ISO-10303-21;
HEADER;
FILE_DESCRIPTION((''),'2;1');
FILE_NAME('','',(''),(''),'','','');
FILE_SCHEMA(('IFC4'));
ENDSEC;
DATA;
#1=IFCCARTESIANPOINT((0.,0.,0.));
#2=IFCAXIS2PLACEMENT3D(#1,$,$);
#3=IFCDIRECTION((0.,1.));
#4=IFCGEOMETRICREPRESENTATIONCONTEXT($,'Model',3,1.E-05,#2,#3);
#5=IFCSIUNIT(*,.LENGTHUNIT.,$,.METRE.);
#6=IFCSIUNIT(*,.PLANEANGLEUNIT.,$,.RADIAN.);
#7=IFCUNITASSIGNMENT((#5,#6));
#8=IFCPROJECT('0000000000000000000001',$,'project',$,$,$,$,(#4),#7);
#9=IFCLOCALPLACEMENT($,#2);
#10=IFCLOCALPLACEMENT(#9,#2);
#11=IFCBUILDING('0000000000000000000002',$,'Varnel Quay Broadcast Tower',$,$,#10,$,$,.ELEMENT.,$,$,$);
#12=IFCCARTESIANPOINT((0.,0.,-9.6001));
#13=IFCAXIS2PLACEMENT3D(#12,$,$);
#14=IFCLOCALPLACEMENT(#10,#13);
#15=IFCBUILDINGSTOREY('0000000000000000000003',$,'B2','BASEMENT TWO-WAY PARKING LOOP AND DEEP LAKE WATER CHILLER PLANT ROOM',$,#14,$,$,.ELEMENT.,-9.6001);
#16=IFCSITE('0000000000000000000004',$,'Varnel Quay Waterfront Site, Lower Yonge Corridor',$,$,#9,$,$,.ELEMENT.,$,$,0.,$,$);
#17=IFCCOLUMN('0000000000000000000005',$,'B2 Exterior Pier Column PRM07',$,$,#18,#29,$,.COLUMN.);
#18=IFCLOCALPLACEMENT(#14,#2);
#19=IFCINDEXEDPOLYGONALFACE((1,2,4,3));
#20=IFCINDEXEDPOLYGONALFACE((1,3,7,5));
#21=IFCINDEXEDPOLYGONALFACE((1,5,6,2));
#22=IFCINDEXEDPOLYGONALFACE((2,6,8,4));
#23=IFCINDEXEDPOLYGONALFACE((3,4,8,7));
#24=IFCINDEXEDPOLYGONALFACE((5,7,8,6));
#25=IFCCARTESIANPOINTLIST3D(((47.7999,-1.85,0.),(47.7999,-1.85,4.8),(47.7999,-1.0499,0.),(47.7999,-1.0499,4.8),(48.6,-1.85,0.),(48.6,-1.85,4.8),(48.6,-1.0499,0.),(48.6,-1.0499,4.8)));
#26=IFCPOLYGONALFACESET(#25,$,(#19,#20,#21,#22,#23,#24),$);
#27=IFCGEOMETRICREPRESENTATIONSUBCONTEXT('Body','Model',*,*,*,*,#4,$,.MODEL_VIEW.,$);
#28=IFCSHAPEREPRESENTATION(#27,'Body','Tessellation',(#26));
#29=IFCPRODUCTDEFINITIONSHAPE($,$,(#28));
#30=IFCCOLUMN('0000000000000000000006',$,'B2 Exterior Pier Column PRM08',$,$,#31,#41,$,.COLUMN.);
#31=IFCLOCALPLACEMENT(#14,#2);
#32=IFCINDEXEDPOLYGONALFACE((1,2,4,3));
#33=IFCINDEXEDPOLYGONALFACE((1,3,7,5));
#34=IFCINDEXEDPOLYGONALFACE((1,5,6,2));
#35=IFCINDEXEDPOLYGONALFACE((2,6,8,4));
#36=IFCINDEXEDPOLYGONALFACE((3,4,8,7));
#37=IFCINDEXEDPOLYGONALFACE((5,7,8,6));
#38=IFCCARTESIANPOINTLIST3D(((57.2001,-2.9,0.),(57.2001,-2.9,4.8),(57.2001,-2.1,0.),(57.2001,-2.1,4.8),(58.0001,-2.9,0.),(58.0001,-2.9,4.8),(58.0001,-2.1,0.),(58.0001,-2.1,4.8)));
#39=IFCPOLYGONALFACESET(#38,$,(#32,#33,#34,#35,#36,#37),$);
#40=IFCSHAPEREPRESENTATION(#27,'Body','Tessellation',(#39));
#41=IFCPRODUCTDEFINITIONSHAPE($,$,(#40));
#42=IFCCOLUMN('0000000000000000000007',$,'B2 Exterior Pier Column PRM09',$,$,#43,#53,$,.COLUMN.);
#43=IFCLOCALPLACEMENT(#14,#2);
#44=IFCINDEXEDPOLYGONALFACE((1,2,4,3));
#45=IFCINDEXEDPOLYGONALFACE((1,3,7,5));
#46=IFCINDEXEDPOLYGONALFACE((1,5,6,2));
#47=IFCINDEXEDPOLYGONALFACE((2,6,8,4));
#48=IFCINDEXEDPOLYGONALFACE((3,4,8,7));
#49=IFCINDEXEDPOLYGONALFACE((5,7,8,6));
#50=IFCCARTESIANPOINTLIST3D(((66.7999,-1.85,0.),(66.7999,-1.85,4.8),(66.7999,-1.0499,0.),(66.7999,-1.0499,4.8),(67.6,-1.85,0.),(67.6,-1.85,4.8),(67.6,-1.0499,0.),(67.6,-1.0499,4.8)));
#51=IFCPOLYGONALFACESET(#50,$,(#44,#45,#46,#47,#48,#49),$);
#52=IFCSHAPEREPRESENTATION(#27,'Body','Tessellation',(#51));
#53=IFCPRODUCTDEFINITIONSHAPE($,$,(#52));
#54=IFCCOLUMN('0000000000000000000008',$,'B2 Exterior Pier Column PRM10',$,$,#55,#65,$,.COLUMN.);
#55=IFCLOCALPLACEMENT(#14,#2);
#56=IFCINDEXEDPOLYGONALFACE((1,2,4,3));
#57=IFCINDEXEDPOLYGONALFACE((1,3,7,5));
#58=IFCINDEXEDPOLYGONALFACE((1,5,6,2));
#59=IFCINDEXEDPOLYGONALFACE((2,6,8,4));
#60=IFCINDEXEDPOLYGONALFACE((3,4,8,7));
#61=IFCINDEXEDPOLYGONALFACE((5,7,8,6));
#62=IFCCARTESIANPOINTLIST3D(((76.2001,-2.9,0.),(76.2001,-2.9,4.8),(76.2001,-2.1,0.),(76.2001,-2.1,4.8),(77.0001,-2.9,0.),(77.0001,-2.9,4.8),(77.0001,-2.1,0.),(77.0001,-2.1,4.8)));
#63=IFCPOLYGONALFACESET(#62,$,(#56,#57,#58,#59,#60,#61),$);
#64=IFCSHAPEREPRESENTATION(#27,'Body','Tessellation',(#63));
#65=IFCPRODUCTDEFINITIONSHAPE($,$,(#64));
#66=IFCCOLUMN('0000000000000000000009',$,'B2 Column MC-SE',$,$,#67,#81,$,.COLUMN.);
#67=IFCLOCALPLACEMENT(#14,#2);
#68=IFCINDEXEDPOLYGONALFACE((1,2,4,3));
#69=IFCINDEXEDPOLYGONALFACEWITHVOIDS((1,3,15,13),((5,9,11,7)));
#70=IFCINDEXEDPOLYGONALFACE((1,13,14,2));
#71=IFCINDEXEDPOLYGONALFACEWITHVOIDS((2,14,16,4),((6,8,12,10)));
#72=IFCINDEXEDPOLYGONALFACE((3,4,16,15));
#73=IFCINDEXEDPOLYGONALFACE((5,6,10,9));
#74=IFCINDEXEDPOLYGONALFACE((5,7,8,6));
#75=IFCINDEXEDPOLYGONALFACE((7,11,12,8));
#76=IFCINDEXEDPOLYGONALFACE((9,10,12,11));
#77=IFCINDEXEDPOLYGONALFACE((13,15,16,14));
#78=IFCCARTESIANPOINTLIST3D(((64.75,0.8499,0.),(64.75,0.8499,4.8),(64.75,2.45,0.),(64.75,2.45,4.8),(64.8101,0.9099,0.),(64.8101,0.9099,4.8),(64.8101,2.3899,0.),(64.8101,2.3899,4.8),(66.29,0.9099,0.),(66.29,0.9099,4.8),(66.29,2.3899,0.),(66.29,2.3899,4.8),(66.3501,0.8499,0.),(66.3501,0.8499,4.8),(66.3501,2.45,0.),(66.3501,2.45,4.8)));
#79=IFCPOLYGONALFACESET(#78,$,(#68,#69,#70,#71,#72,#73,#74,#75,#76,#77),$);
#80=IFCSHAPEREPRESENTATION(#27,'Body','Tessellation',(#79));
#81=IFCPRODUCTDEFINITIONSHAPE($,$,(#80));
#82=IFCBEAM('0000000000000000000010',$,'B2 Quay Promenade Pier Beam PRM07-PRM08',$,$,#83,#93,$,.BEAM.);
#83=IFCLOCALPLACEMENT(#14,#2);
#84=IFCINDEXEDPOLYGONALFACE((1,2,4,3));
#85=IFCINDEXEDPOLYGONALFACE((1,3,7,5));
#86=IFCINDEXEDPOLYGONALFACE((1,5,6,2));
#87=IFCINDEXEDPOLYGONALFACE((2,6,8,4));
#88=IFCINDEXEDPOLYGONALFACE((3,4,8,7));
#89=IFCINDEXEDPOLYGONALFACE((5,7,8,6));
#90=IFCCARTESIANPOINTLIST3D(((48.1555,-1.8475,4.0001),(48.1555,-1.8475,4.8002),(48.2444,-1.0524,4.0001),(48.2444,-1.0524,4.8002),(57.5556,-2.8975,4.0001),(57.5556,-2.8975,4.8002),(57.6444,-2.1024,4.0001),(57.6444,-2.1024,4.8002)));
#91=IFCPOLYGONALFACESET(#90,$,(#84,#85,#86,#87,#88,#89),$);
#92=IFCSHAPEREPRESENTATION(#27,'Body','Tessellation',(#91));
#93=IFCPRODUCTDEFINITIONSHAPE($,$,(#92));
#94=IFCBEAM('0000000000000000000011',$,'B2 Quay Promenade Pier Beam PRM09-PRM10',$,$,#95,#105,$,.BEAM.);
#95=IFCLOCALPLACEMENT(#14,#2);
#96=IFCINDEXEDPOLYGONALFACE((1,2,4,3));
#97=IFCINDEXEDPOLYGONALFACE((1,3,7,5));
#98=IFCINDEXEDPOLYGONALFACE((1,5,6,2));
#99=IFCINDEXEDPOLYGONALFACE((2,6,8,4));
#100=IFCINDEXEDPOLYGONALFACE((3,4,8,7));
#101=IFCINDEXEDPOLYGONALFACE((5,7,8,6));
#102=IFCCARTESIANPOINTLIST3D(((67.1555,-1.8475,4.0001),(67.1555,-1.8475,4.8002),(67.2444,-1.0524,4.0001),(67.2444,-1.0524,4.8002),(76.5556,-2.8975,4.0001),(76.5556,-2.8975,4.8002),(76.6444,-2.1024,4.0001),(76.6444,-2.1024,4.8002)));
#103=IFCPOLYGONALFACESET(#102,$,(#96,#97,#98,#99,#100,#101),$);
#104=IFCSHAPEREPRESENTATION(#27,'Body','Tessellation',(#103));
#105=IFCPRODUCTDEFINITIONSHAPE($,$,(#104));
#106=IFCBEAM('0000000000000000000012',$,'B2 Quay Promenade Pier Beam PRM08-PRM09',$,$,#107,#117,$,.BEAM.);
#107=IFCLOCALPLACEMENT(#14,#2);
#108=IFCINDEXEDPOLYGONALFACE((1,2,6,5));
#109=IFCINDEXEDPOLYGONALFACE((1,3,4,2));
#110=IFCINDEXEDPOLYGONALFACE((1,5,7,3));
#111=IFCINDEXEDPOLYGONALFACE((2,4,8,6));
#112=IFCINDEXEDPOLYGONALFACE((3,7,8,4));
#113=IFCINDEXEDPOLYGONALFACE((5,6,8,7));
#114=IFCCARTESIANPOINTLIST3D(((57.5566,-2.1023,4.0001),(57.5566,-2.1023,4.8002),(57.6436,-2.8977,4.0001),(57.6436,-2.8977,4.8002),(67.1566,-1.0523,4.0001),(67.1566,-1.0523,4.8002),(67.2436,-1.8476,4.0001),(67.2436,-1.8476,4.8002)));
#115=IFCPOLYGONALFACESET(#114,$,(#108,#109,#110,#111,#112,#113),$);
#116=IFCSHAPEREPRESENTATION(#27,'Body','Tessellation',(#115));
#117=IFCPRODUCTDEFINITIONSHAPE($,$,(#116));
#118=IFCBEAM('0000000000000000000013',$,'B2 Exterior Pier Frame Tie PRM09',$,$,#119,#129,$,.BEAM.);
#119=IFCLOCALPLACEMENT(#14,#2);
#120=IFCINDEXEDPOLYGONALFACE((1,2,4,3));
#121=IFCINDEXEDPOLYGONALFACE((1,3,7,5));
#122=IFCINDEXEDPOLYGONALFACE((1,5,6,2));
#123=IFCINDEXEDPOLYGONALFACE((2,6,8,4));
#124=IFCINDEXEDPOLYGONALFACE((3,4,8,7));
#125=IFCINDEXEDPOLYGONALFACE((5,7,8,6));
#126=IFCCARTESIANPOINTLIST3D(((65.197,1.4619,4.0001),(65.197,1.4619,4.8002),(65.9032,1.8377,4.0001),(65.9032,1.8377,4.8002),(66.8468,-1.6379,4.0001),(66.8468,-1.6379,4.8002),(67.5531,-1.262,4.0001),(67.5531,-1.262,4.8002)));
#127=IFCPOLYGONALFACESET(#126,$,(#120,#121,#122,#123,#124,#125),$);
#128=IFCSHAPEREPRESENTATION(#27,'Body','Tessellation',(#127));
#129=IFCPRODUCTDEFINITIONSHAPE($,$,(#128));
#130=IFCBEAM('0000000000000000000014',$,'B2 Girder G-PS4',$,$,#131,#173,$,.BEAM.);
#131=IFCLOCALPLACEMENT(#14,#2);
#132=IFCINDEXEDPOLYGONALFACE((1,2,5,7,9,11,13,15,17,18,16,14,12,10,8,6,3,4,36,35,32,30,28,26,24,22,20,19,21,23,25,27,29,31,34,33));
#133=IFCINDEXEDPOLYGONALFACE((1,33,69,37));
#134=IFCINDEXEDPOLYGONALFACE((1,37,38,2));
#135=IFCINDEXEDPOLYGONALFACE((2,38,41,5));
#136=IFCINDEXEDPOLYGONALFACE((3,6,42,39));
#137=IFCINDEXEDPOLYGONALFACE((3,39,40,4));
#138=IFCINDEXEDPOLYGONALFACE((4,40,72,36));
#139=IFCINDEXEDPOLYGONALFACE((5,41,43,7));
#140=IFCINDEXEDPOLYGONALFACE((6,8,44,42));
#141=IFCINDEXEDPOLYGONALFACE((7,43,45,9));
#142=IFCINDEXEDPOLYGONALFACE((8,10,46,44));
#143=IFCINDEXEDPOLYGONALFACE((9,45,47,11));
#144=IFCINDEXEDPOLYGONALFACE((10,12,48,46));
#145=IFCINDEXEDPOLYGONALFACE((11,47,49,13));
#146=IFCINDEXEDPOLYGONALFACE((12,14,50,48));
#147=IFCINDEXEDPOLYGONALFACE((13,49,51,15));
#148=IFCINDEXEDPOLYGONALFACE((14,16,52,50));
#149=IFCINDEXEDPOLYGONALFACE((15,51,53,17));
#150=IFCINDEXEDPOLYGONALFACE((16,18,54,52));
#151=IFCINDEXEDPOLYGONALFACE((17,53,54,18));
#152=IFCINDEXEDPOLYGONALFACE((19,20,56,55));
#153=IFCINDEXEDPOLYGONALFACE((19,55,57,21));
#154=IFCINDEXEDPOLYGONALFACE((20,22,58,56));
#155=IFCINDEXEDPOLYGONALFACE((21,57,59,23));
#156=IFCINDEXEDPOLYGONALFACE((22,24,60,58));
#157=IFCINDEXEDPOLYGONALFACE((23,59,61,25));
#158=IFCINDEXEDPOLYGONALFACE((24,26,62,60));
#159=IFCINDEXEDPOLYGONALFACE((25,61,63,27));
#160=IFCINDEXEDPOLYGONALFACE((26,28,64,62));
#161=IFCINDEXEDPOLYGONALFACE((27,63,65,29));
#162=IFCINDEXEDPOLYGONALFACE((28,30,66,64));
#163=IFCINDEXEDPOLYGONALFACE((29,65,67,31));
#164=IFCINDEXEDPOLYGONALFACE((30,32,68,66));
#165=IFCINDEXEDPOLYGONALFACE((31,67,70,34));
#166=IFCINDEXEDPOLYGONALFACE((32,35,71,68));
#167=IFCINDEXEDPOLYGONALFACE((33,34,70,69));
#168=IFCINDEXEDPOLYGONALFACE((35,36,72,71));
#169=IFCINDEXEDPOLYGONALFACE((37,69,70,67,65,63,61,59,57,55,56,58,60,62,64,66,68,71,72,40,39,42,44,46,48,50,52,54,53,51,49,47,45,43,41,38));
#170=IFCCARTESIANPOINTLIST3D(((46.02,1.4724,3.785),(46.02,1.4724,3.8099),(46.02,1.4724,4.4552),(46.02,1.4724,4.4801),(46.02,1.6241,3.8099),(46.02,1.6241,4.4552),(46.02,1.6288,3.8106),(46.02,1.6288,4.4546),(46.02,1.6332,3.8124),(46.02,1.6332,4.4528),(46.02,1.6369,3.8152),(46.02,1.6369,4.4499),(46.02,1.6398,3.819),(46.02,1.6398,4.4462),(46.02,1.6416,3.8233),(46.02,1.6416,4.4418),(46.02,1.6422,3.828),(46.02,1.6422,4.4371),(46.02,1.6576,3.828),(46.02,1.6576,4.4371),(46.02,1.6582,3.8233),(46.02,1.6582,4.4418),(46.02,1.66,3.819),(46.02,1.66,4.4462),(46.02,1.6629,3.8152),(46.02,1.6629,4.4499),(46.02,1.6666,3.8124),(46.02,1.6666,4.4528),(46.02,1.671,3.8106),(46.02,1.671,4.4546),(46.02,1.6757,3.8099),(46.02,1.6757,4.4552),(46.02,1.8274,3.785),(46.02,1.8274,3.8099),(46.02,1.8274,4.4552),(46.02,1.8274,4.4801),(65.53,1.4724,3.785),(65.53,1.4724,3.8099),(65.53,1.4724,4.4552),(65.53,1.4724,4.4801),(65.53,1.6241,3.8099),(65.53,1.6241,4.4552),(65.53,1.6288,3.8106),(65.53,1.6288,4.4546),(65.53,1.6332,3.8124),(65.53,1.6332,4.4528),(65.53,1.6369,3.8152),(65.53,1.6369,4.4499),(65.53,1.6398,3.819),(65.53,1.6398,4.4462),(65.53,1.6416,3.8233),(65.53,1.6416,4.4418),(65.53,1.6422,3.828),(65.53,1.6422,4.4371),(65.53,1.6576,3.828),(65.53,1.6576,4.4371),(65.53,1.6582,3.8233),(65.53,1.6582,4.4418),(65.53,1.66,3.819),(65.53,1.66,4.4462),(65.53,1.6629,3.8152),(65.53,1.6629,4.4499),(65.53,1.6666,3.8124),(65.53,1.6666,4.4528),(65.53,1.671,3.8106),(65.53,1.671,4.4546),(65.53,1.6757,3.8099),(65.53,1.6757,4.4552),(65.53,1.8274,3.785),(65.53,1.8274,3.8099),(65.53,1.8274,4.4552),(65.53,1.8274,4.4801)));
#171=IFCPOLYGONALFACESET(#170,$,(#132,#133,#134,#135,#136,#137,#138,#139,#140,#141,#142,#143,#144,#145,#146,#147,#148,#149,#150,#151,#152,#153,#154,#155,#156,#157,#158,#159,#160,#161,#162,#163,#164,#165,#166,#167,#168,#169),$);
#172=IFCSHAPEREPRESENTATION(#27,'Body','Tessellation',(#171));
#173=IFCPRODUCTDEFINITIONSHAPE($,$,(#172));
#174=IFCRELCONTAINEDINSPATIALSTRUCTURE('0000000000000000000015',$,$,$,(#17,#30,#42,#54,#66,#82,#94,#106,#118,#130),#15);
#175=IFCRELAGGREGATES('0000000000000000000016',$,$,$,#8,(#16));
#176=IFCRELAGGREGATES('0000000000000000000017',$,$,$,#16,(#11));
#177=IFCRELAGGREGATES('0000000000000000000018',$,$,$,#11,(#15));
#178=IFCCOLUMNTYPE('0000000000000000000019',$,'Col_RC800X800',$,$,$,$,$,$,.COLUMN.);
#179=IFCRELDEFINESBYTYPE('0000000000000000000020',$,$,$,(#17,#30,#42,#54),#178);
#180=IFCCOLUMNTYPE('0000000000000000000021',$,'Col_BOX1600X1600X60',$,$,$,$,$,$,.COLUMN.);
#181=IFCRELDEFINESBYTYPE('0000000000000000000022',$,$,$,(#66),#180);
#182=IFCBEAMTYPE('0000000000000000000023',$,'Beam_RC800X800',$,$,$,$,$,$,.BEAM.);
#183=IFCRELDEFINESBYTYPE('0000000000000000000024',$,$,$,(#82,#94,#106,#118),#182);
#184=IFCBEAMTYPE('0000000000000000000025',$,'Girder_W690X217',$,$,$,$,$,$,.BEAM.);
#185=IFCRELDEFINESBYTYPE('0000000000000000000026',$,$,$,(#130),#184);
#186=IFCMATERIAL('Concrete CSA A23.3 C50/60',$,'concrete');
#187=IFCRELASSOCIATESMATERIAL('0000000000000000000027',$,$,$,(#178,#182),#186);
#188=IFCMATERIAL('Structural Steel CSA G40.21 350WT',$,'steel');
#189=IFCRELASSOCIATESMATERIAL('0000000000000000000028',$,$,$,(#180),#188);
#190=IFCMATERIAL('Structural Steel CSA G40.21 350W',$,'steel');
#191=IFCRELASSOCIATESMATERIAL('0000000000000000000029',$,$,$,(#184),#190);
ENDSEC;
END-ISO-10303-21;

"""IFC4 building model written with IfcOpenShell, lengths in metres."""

from ifc_helpers import new_model, si_unit, direction, frame, origin, origin_2d, place, context, subcontext, project, spatial, rectangle, hollow_rectangle, i_section, extrude, source, transform, mapped, material, material_profile, profile_set, type_object, type_shapes, element, save


model = new_model("IFC4")

# Units and contexts
model_context = context("Model", 3, precision=1e-05, world=origin(), true_north=direction((0.0, 1.0)))
body_context = subcontext(model_context, "Body", "Model", "MODEL_VIEW")
ifc_project = project(units=[si_unit("LENGTHUNIT", "METRE"), si_unit("PLANEANGLEUNIT", "RADIAN")], contexts=[model_context])

# Site, building, storey
site_placement = place(None, origin())
site = spatial("IfcSite", under=ifc_project, at=site_placement, Name="Varnel Quay Waterfront Site, Lower Yonge Corridor", CompositionType="ELEMENT", RefElevation=0.0)
building_placement = place(site_placement, origin())
building = spatial("IfcBuilding", under=site, at=building_placement, Name="Varnel Quay Broadcast Tower", CompositionType="ELEMENT")
storey_placement = place(building_placement, frame((0.0, 0.0, -9.6001)))
storey = spatial("IfcBuildingStorey", under=building, at=storey_placement, Name="B2", Description="BASEMENT TWO-WAY PARKING LOOP AND DEEP LAKE WATER CHILLER PLANT ROOM", CompositionType="ELEMENT", Elevation=-9.6001)

# Shared definitions
ifc_material_1 = material(Name="Concrete CSA A23.3 C50/60", Category="concrete")

# Columns
ifc_material_profile_1 = material_profile(ifc_material_1, rectangle(XDim=0.8, YDim=0.8, at=origin_2d()), Name="RC800X800")
ifc_profile_set_1 = profile_set([ifc_material_profile_1], Name="Concrete CSA A23.3 C50/60")
column_type_1 = type_object("IfcColumnType", Name="Col_RC800X800", PredefinedType="COLUMN", material=ifc_profile_set_1)
shared_shape_1 = source(origin(), body_context, "Body", "SweptSolid", [
    extrude(rectangle(XDim=0.8, YDim=0.8, at=origin_2d()), origin(), (0.0, 0.0, 1.0), 4.8),
])
type_shapes(column_type_1, [shared_shape_1])
for number, where, z_axis, x_axis, name in (
    (1, (48.2, -1.45, 0.0), (0.0, 0.0, 1.0), (1.0, 0.0, 0.0), "B2 Exterior Pier Column PRM07"),
    (2, (57.6001, -2.5, 0.0), (0.0, 0.0, 1.0), (1.0, 0.0, 0.0), "B2 Exterior Pier Column PRM08"),
    (3, (67.2, -1.45, 0.0), (0.0, 0.0, 1.0), (1.0, 0.0, 0.0), "B2 Exterior Pier Column PRM09"),
    (4, (76.6001, -2.5, 0.0), (0.0, 0.0, 1.0), (1.0, 0.0, 0.0), "B2 Exterior Pier Column PRM10"),
):
    element("IfcColumn", number, at=place(storey_placement, frame(where, z_axis=z_axis, x_axis=x_axis)), inside=storey, type_object=column_type_1, Name=name, PredefinedType="COLUMN", context=body_context, shape_type="MappedRepresentation", body=[
        mapped(shared_shape_1, transform((0.0, 0.0, 0.0), x_axis=(1.0, 0.0, 0.0), y_axis=(0.0, 1.0, 0.0), z_axis=(0.0, 0.0, 1.0), scale=1.0)),
    ])
ifc_material_2 = material(Name="Structural Steel CSA G40.21 350WT", Category="steel")
ifc_material_profile_2 = material_profile(ifc_material_2, hollow_rectangle(XDim=1.6001, YDim=1.6001, WallThickness=0.0601, at=origin_2d()), Name="BOX1600X1600X60")
ifc_profile_set_2 = profile_set([ifc_material_profile_2], Name="Structural Steel CSA G40.21 350WT")
column_type_2 = type_object("IfcColumnType", Name="Col_BOX1600X1600X60", PredefinedType="COLUMN", material=ifc_profile_set_2)
shared_shape_2 = source(origin(), body_context, "Body", "SweptSolid", [
    extrude(hollow_rectangle(XDim=1.6001, YDim=1.6001, WallThickness=0.0601, at=origin_2d()), origin(), (0.0, 0.0, 1.0), 4.8),
])
type_shapes(column_type_2, [shared_shape_2])
column_placement = place(storey_placement, frame((65.55, 1.6499, 0.0), z_axis=(0.0, 0.0, 1.0), x_axis=(1.0, 0.0, 0.0)))
element("IfcColumn", 5, at=column_placement, inside=storey, type_object=column_type_2, Name="B2 Column MC-SE", PredefinedType="COLUMN", context=body_context, shape_type="MappedRepresentation", body=[
    mapped(shared_shape_2, transform((0.0, 0.0, 0.0), x_axis=(1.0, 0.0, 0.0), y_axis=(0.0, 1.0, 0.0), z_axis=(0.0, 0.0, 1.0), scale=1.0)),
])

# Beams
ifc_material_profile_3 = material_profile(ifc_material_1, rectangle(XDim=0.8, YDim=0.8, at=origin_2d()), Name="RC800X800")
ifc_profile_set_3 = profile_set([ifc_material_profile_3], Name="Concrete CSA A23.3 C50/60")
beam_type_1 = type_object("IfcBeamType", Name="Beam_RC800X800", PredefinedType="BEAM", material=ifc_profile_set_3)
shared_shape_3 = source(origin(), body_context, "Body", "SweptSolid", [
    extrude(rectangle(XDim=0.8, YDim=0.8, at=origin_2d()), origin(), (0.0, 0.0, 1.0), 9.4585),
])
for number, where, z_axis, x_axis, name in (
    (6, (48.2, -1.45, 4.4001), (0.993819, -0.111015, 0.0), (0.111015, 0.993819, 0.0), "B2 Quay Promenade Pier Beam PRM07-PRM08"),
    (7, (67.2, -1.45, 4.4001), (0.993819, -0.111015, 0.0), (0.111015, 0.993819, 0.0), "B2 Quay Promenade Pier Beam PRM09-PRM10"),
):
    element("IfcBeam", number, at=place(storey_placement, frame(where, z_axis=z_axis, x_axis=x_axis)), inside=storey, type_object=beam_type_1, Name=name, PredefinedType="BEAM", context=body_context, shape_type="MappedRepresentation", body=[
        mapped(shared_shape_3, transform((0.0, 0.0, 0.0), x_axis=(1.0, 0.0, 0.0), y_axis=(0.0, 1.0, 0.0), z_axis=(0.0, 0.0, 1.0), scale=1.0)),
    ])
shared_shape_4 = source(origin(), body_context, "Body", "SweptSolid", [
    extrude(rectangle(XDim=0.8, YDim=0.8, at=origin_2d()), origin(), (0.0, 0.0, 1.0), 9.6572),
])
beam_1_placement = place(storey_placement, frame((57.6001, -2.5, 4.4001), z_axis=(0.994071, 0.108733, 0.0), x_axis=(-0.108733, 0.994071, 0.0)))
element("IfcBeam", 8, at=beam_1_placement, inside=storey, type_object=beam_type_1, Name="B2 Quay Promenade Pier Beam PRM08-PRM09", PredefinedType="BEAM", context=body_context, shape_type="MappedRepresentation", body=[
    mapped(shared_shape_4, transform((0.0, 0.0, 0.0), x_axis=(1.0, 0.0, 0.0), y_axis=(0.0, 1.0, 0.0), z_axis=(0.0, 0.0, 1.0), scale=1.0)),
])
shared_shape_5 = source(origin(), body_context, "Body", "SweptSolid", [
    extrude(rectangle(XDim=0.8, YDim=0.8, at=origin_2d()), origin(), (0.0, 0.0, 1.0), 3.5115),
])
type_shapes(beam_type_1, [shared_shape_3, shared_shape_4, shared_shape_5])
beam_2_placement = place(storey_placement, frame((67.2, -1.45, 4.4001), z_axis=(-0.469845, 0.882749, 0.0), x_axis=(-0.882749, -0.469845, 0.0)))
element("IfcBeam", 9, at=beam_2_placement, inside=storey, type_object=beam_type_1, Name="B2 Exterior Pier Frame Tie PRM09", PredefinedType="BEAM", context=body_context, shape_type="MappedRepresentation", body=[
    mapped(shared_shape_5, transform((0.0, 0.0, 0.0), x_axis=(1.0, 0.0, 0.0), y_axis=(0.0, 1.0, 0.0), z_axis=(0.0, 0.0, 1.0), scale=1.0)),
])
ifc_material_3 = material(Name="Structural Steel CSA G40.21 350W", Category="steel")
ifc_material_profile_4 = material_profile(ifc_material_3, i_section(OverallWidth=0.355, OverallDepth=0.6951, WebThickness=0.0154, FlangeThickness=0.0249, FilletRadius=0.0181, at=origin_2d()), Name="W690X217")
ifc_profile_set_4 = profile_set([ifc_material_profile_4], Name="Structural Steel CSA G40.21 350W")
beam_type_2 = type_object("IfcBeamType", Name="Girder_W690X217", PredefinedType="BEAM", material=ifc_profile_set_4)
shared_shape_6 = source(origin(), body_context, "Body", "SweptSolid", [
    extrude(i_section(OverallWidth=0.355, OverallDepth=0.6951, WebThickness=0.0154, FlangeThickness=0.0249, FilletRadius=0.0181, at=origin_2d()), origin(), (0.0, 0.0, 1.0), 19.51),
])
beam_3_placement = place(storey_placement, frame((46.02, 1.6499, 4.1326), z_axis=(1.0, 0.0, 0.0), x_axis=(0.0, 1.0, 0.0)))
element("IfcBeam", 10, at=beam_3_placement, inside=storey, type_object=beam_type_2, Name="B2 Girder G-PS4", PredefinedType="BEAM", context=body_context, shape_type="MappedRepresentation", body=[
    mapped(shared_shape_6, transform((0.0, 0.0, 0.0), x_axis=(1.0, 0.0, 0.0), y_axis=(0.0, 1.0, 0.0), z_axis=(0.0, 0.0, 1.0), scale=1.0)),
])

save(model, "model.ifc")
